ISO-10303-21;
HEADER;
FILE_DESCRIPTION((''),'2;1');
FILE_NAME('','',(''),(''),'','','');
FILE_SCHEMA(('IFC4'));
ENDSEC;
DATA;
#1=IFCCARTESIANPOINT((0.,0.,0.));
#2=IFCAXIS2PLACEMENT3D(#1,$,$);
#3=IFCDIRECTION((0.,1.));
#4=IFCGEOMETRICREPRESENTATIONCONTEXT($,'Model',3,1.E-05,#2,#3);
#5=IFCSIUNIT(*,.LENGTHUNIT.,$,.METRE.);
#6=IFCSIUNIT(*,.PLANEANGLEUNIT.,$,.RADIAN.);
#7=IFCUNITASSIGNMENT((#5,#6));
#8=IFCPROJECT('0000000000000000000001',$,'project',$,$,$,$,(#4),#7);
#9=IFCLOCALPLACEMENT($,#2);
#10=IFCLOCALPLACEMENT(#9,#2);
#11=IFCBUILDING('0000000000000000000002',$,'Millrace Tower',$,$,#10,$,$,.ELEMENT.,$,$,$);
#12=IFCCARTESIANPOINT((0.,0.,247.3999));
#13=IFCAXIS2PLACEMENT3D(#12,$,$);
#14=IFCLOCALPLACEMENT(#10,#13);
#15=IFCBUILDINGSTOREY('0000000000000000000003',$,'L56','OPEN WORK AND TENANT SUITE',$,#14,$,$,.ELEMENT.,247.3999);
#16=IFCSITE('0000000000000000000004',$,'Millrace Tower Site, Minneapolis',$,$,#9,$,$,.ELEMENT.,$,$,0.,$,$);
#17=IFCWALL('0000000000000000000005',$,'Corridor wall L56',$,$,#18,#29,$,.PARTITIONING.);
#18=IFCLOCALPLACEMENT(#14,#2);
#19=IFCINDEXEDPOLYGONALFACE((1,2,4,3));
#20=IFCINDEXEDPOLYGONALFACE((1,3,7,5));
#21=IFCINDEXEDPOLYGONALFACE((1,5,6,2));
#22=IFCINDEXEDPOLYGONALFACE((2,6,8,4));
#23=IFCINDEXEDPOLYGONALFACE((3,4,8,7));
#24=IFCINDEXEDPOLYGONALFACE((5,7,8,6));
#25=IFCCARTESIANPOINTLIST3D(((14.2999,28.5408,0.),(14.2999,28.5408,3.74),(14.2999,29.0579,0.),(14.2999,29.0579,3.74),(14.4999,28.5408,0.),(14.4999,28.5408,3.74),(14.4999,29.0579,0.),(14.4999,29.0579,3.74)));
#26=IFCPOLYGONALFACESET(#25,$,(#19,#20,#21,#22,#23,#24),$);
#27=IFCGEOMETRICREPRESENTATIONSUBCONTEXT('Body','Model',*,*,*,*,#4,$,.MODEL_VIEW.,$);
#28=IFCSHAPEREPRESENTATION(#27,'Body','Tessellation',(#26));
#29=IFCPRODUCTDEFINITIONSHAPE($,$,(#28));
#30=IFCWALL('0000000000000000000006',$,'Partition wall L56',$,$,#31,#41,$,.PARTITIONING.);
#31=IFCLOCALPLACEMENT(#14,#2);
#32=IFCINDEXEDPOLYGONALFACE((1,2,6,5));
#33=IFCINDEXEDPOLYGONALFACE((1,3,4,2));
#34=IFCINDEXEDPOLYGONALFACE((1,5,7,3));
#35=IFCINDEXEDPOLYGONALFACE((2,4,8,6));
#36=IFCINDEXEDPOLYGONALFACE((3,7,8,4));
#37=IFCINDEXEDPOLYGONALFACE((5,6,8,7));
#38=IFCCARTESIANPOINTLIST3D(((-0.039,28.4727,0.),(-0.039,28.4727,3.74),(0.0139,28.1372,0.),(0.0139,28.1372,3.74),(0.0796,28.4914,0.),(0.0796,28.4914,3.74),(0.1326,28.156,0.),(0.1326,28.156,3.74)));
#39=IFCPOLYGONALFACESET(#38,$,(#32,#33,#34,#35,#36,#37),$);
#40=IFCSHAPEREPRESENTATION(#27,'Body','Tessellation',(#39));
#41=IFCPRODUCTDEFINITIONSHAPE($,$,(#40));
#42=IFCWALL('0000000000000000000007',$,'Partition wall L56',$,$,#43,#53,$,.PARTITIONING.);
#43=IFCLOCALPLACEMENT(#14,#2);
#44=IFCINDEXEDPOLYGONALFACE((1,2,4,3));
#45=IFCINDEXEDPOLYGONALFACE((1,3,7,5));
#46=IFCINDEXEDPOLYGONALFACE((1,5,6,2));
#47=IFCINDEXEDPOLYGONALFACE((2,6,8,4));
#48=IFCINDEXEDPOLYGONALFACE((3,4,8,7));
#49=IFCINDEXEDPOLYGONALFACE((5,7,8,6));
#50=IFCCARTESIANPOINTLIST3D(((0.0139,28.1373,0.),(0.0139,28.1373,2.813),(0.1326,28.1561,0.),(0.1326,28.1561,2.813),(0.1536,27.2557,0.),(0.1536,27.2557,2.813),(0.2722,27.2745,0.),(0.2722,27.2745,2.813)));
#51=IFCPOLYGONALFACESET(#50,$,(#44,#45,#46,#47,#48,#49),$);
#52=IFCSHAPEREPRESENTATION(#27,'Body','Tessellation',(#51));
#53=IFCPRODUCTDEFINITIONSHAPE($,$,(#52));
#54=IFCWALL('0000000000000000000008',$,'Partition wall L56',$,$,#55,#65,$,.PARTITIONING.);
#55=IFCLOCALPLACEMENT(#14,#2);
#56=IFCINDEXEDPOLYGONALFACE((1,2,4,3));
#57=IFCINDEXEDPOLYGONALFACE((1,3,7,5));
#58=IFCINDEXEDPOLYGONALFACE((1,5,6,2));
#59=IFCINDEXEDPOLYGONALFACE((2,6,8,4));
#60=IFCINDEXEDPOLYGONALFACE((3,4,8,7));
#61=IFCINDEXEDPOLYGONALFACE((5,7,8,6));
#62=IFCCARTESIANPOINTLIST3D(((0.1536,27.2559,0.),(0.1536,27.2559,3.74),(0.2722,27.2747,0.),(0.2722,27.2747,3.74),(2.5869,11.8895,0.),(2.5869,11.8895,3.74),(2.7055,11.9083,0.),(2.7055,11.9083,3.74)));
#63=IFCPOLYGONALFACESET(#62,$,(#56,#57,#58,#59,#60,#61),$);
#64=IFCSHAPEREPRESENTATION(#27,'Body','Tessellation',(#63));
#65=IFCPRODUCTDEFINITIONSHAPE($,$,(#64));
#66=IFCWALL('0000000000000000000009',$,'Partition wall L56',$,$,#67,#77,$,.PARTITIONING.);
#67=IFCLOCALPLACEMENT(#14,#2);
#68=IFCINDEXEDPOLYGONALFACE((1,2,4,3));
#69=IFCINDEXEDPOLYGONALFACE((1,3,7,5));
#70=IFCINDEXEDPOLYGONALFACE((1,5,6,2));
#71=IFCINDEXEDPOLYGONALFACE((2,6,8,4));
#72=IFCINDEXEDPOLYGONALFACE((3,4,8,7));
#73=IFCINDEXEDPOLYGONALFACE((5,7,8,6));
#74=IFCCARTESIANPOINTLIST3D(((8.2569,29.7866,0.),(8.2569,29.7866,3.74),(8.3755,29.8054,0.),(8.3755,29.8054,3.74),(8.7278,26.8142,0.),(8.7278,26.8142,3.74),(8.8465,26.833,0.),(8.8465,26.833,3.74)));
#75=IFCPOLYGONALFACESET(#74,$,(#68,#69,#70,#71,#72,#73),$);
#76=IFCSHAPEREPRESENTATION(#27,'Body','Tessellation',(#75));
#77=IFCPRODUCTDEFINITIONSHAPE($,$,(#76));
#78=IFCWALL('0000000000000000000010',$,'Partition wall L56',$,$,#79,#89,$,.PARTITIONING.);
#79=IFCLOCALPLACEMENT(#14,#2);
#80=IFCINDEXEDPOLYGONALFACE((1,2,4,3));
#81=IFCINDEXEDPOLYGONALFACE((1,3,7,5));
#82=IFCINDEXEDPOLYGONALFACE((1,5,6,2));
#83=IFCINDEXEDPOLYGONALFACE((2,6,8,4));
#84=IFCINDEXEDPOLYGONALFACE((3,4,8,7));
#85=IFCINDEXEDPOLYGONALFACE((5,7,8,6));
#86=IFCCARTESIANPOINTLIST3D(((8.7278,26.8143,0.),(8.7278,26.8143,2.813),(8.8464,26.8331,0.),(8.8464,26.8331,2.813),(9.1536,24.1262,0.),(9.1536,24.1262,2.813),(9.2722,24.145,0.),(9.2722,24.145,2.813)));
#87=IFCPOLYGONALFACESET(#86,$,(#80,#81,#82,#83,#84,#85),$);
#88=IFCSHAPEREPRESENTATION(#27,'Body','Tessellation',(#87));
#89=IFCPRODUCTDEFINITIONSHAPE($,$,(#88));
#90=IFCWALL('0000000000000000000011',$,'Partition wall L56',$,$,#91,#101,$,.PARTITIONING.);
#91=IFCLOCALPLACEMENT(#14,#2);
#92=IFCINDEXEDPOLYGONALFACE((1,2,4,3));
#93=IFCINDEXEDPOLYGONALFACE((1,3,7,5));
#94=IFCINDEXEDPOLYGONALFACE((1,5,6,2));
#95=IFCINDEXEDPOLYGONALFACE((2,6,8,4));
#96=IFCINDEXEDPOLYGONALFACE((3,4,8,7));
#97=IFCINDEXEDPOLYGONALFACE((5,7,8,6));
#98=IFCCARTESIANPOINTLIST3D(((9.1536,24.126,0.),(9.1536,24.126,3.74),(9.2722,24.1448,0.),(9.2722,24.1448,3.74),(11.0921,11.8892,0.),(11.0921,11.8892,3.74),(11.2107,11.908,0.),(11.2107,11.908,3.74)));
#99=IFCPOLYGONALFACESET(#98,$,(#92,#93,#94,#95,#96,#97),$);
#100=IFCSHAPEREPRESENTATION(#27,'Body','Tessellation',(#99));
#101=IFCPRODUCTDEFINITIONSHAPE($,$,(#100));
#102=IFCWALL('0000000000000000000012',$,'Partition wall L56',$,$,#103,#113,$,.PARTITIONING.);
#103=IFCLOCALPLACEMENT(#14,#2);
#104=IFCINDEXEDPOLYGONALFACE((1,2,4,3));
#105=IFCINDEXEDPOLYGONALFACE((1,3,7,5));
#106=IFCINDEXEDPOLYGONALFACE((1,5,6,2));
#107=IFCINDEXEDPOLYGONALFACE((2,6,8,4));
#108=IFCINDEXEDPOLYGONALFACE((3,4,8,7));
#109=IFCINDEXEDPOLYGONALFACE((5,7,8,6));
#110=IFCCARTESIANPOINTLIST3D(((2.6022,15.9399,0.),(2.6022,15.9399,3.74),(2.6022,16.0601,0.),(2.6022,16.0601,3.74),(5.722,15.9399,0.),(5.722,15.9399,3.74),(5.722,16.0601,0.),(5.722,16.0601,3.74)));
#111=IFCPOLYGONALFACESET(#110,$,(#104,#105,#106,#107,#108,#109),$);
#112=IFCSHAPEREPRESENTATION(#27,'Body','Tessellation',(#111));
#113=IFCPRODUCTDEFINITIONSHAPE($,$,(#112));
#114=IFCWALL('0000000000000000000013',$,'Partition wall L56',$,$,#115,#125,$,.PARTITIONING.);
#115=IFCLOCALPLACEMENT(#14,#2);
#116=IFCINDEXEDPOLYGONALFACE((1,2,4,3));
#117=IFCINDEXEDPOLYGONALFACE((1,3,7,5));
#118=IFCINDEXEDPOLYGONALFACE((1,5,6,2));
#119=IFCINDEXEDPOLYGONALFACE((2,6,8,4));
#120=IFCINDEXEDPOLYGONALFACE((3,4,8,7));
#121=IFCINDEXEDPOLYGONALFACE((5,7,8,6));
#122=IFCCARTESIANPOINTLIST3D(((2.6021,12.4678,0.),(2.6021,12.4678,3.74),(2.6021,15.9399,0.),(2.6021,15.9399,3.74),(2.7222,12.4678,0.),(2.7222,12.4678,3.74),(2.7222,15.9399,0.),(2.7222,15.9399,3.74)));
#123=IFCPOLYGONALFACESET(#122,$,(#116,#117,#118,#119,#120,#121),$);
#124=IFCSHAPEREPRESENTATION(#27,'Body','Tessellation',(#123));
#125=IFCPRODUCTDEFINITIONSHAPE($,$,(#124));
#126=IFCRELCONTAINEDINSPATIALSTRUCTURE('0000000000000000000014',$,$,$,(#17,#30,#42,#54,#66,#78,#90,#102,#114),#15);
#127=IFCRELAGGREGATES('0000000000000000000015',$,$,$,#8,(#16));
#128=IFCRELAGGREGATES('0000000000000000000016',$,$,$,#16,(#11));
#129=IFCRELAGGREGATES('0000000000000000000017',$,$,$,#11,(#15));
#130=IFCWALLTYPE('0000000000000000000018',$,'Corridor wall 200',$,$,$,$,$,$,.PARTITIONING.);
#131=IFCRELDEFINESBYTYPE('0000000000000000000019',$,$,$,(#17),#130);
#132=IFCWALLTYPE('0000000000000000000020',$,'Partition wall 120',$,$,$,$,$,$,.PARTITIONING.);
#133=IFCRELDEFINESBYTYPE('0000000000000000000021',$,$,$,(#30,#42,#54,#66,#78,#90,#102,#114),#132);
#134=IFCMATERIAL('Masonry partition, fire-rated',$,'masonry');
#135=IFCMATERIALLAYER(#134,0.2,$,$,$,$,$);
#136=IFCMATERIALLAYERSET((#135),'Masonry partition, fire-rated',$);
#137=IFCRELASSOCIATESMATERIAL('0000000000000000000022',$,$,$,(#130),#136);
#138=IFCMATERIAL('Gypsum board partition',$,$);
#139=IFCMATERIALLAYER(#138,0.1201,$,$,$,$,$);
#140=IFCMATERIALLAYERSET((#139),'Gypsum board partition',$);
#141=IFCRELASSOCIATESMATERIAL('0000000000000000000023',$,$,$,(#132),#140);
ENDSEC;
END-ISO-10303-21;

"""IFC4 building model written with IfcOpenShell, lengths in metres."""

from ifc_helpers import new_model, si_unit, direction, frame, frame_2d, origin, place, context, subcontext, project, spatial, rectangle, extrude, material, layer, layer_set, type_object, element, save


model = new_model("IFC4")

# Units and contexts
model_context = context("Model", 3, precision=1e-05, world=origin(), true_north=direction((0.0, 1.0)))
body_context = subcontext(model_context, "Body", "Model", "MODEL_VIEW")
ifc_project = project(units=[si_unit("LENGTHUNIT", "METRE"), si_unit("PLANEANGLEUNIT", "RADIAN")], contexts=[model_context])

# Site, building, storey
site_placement = place(None, origin())
site = spatial("IfcSite", under=ifc_project, at=site_placement, Name="Millrace Tower Site, Minneapolis", CompositionType="ELEMENT", RefElevation=0.0)
building_placement = place(site_placement, origin())
building = spatial("IfcBuilding", under=site, at=building_placement, Name="Millrace Tower", CompositionType="ELEMENT")
storey_placement = place(building_placement, frame((0.0, 0.0, 247.3999)))
storey = spatial("IfcBuildingStorey", under=building, at=storey_placement, Name="L56", Description="OPEN WORK AND TENANT SUITE", CompositionType="ELEMENT", Elevation=247.3999)

# Shared definitions
ifc_material_1 = material(Name="Masonry partition, fire-rated", Category="masonry")
ifc_layer_1 = layer(ifc_material_1, 0.2)
ifc_layer_set_1 = layer_set([ifc_layer_1], Name="Masonry partition, fire-rated")
wall_type_1 = type_object("IfcWallType", Name="Corridor wall 200", PredefinedType="PARTITIONING", material=ifc_layer_set_1)

# Walls
wall_1_placement = place(storey_placement, frame((14.3999, 28.5408, 0.0), z_axis=(0.0, 0.0, 1.0), x_axis=(0.0, 1.0, 0.0)))
element("IfcWall", 1, at=wall_1_placement, inside=storey, type_object=wall_type_1, Name="Corridor wall L56", PredefinedType="PARTITIONING", context=body_context, shape_type="SweptSolid", body=[
    extrude(rectangle(XDim=0.5171, YDim=0.2, at=frame_2d((0.2585, 0.0))), origin(), (0.0, 0.0, 1.0), 3.74),
])
ifc_material_2 = material(Name="Gypsum board partition")
ifc_layer_2 = layer(ifc_material_2, 0.1201)
ifc_layer_set_2 = layer_set([ifc_layer_2], Name="Gypsum board partition")
wall_type_2 = type_object("IfcWallType", Name="Partition wall 120", PredefinedType="PARTITIONING", material=ifc_layer_set_2)
wall_2_placement = place(storey_placement, frame((0.0203, 28.4822, 0.0), z_axis=(0.0, 0.0, 1.0), x_axis=(0.155999, -0.987757, 0.0)))
element("IfcWall", 2, at=wall_2_placement, inside=storey, type_object=wall_type_2, Name="Partition wall L56", PredefinedType="PARTITIONING", context=body_context, shape_type="SweptSolid", body=[
    extrude(rectangle(XDim=0.3396, YDim=0.1201, at=frame_2d((0.1699, 0.0))), origin(), (0.0, 0.0, 1.0), 3.74),
])
wall_3_placement = place(storey_placement, frame((0.0732, 28.1467, 0.0), z_axis=(0.0, 0.0, 1.0), x_axis=(0.156454, -0.987685, 0.0)))
element("IfcWall", 3, at=wall_3_placement, inside=storey, type_object=wall_type_2, Name="Partition wall L56", PredefinedType="PARTITIONING", context=body_context, shape_type="SweptSolid", body=[
    extrude(rectangle(XDim=0.8926, YDim=0.1201, at=frame_2d((0.4463, 0.0))), origin(), (0.0, 0.0, 1.0), 2.813),
])
wall_4_placement = place(storey_placement, frame((0.2129, 27.2651, 0.0), z_axis=(0.0, 0.0, 1.0), x_axis=(0.156406, -0.987693, 0.0)))
element("IfcWall", 4, at=wall_4_placement, inside=storey, type_object=wall_type_2, Name="Partition wall L56", PredefinedType="PARTITIONING", context=body_context, shape_type="SweptSolid", body=[
    extrude(rectangle(XDim=15.5579, YDim=0.1201, at=frame_2d((7.7788, 0.0))), origin(), (0.0, 0.0, 1.0), 3.74),
])
wall_5_placement = place(storey_placement, frame((8.3162, 29.7961, 0.0), z_axis=(0.0, 0.0, 1.0), x_axis=(0.156487, -0.98768, 0.0)))
element("IfcWall", 5, at=wall_5_placement, inside=storey, type_object=wall_type_2, Name="Partition wall L56", PredefinedType="PARTITIONING", context=body_context, shape_type="SweptSolid", body=[
    extrude(rectangle(XDim=3.0095, YDim=0.1201, at=frame_2d((1.5049, 0.0))), origin(), (0.0, 0.0, 1.0), 3.74),
])
wall_6_placement = place(storey_placement, frame((8.7871, 26.8237, 0.0), z_axis=(0.0, 0.0, 1.0), x_axis=(0.156437, -0.987688, 0.0)))
element("IfcWall", 6, at=wall_6_placement, inside=storey, type_object=wall_type_2, Name="Partition wall L56", PredefinedType="PARTITIONING", context=body_context, shape_type="SweptSolid", body=[
    extrude(rectangle(XDim=2.7217, YDim=0.1201, at=frame_2d((1.3608, 0.0))), origin(), (0.0, 0.0, 1.0), 2.813),
])
wall_7_placement = place(storey_placement, frame((9.2129, 24.1355, 0.0), z_axis=(0.0, 0.0, 1.0), x_axis=(0.156462, -0.987684, 0.0)))
element("IfcWall", 7, at=wall_7_placement, inside=storey, type_object=wall_type_2, Name="Partition wall L56", PredefinedType="PARTITIONING", context=body_context, shape_type="SweptSolid", body=[
    extrude(rectangle(XDim=12.3894, YDim=0.1201, at=frame_2d((6.1948, 0.0))), origin(), (0.0, 0.0, 1.0), 3.74),
])
wall_8_placement = place(storey_placement, frame((2.6021, 16.0, 0.0), z_axis=(0.0, 0.0, 1.0), x_axis=(1.0, 0.0, 0.0)))
element("IfcWall", 8, at=wall_8_placement, inside=storey, type_object=wall_type_2, Name="Partition wall L56", PredefinedType="PARTITIONING", context=body_context, shape_type="SweptSolid", body=[
    extrude(rectangle(XDim=3.1199, YDim=0.1201, at=frame_2d((1.5601, 0.0))), origin(), (0.0, 0.0, 1.0), 3.74),
])
wall_9_placement = place(storey_placement, frame((2.6621, 12.4678, 0.0), z_axis=(0.0, 0.0, 1.0), x_axis=(0.0, 1.0, 0.0)))
element("IfcWall", 9, at=wall_9_placement, inside=storey, type_object=wall_type_2, Name="Partition wall L56", PredefinedType="PARTITIONING", context=body_context, shape_type="SweptSolid", body=[
    extrude(rectangle(XDim=3.4722, YDim=0.1201, at=frame_2d((1.7361, 0.0))), origin(), (0.0, 0.0, 1.0), 3.74),
])

save(model, "model.ifc")
